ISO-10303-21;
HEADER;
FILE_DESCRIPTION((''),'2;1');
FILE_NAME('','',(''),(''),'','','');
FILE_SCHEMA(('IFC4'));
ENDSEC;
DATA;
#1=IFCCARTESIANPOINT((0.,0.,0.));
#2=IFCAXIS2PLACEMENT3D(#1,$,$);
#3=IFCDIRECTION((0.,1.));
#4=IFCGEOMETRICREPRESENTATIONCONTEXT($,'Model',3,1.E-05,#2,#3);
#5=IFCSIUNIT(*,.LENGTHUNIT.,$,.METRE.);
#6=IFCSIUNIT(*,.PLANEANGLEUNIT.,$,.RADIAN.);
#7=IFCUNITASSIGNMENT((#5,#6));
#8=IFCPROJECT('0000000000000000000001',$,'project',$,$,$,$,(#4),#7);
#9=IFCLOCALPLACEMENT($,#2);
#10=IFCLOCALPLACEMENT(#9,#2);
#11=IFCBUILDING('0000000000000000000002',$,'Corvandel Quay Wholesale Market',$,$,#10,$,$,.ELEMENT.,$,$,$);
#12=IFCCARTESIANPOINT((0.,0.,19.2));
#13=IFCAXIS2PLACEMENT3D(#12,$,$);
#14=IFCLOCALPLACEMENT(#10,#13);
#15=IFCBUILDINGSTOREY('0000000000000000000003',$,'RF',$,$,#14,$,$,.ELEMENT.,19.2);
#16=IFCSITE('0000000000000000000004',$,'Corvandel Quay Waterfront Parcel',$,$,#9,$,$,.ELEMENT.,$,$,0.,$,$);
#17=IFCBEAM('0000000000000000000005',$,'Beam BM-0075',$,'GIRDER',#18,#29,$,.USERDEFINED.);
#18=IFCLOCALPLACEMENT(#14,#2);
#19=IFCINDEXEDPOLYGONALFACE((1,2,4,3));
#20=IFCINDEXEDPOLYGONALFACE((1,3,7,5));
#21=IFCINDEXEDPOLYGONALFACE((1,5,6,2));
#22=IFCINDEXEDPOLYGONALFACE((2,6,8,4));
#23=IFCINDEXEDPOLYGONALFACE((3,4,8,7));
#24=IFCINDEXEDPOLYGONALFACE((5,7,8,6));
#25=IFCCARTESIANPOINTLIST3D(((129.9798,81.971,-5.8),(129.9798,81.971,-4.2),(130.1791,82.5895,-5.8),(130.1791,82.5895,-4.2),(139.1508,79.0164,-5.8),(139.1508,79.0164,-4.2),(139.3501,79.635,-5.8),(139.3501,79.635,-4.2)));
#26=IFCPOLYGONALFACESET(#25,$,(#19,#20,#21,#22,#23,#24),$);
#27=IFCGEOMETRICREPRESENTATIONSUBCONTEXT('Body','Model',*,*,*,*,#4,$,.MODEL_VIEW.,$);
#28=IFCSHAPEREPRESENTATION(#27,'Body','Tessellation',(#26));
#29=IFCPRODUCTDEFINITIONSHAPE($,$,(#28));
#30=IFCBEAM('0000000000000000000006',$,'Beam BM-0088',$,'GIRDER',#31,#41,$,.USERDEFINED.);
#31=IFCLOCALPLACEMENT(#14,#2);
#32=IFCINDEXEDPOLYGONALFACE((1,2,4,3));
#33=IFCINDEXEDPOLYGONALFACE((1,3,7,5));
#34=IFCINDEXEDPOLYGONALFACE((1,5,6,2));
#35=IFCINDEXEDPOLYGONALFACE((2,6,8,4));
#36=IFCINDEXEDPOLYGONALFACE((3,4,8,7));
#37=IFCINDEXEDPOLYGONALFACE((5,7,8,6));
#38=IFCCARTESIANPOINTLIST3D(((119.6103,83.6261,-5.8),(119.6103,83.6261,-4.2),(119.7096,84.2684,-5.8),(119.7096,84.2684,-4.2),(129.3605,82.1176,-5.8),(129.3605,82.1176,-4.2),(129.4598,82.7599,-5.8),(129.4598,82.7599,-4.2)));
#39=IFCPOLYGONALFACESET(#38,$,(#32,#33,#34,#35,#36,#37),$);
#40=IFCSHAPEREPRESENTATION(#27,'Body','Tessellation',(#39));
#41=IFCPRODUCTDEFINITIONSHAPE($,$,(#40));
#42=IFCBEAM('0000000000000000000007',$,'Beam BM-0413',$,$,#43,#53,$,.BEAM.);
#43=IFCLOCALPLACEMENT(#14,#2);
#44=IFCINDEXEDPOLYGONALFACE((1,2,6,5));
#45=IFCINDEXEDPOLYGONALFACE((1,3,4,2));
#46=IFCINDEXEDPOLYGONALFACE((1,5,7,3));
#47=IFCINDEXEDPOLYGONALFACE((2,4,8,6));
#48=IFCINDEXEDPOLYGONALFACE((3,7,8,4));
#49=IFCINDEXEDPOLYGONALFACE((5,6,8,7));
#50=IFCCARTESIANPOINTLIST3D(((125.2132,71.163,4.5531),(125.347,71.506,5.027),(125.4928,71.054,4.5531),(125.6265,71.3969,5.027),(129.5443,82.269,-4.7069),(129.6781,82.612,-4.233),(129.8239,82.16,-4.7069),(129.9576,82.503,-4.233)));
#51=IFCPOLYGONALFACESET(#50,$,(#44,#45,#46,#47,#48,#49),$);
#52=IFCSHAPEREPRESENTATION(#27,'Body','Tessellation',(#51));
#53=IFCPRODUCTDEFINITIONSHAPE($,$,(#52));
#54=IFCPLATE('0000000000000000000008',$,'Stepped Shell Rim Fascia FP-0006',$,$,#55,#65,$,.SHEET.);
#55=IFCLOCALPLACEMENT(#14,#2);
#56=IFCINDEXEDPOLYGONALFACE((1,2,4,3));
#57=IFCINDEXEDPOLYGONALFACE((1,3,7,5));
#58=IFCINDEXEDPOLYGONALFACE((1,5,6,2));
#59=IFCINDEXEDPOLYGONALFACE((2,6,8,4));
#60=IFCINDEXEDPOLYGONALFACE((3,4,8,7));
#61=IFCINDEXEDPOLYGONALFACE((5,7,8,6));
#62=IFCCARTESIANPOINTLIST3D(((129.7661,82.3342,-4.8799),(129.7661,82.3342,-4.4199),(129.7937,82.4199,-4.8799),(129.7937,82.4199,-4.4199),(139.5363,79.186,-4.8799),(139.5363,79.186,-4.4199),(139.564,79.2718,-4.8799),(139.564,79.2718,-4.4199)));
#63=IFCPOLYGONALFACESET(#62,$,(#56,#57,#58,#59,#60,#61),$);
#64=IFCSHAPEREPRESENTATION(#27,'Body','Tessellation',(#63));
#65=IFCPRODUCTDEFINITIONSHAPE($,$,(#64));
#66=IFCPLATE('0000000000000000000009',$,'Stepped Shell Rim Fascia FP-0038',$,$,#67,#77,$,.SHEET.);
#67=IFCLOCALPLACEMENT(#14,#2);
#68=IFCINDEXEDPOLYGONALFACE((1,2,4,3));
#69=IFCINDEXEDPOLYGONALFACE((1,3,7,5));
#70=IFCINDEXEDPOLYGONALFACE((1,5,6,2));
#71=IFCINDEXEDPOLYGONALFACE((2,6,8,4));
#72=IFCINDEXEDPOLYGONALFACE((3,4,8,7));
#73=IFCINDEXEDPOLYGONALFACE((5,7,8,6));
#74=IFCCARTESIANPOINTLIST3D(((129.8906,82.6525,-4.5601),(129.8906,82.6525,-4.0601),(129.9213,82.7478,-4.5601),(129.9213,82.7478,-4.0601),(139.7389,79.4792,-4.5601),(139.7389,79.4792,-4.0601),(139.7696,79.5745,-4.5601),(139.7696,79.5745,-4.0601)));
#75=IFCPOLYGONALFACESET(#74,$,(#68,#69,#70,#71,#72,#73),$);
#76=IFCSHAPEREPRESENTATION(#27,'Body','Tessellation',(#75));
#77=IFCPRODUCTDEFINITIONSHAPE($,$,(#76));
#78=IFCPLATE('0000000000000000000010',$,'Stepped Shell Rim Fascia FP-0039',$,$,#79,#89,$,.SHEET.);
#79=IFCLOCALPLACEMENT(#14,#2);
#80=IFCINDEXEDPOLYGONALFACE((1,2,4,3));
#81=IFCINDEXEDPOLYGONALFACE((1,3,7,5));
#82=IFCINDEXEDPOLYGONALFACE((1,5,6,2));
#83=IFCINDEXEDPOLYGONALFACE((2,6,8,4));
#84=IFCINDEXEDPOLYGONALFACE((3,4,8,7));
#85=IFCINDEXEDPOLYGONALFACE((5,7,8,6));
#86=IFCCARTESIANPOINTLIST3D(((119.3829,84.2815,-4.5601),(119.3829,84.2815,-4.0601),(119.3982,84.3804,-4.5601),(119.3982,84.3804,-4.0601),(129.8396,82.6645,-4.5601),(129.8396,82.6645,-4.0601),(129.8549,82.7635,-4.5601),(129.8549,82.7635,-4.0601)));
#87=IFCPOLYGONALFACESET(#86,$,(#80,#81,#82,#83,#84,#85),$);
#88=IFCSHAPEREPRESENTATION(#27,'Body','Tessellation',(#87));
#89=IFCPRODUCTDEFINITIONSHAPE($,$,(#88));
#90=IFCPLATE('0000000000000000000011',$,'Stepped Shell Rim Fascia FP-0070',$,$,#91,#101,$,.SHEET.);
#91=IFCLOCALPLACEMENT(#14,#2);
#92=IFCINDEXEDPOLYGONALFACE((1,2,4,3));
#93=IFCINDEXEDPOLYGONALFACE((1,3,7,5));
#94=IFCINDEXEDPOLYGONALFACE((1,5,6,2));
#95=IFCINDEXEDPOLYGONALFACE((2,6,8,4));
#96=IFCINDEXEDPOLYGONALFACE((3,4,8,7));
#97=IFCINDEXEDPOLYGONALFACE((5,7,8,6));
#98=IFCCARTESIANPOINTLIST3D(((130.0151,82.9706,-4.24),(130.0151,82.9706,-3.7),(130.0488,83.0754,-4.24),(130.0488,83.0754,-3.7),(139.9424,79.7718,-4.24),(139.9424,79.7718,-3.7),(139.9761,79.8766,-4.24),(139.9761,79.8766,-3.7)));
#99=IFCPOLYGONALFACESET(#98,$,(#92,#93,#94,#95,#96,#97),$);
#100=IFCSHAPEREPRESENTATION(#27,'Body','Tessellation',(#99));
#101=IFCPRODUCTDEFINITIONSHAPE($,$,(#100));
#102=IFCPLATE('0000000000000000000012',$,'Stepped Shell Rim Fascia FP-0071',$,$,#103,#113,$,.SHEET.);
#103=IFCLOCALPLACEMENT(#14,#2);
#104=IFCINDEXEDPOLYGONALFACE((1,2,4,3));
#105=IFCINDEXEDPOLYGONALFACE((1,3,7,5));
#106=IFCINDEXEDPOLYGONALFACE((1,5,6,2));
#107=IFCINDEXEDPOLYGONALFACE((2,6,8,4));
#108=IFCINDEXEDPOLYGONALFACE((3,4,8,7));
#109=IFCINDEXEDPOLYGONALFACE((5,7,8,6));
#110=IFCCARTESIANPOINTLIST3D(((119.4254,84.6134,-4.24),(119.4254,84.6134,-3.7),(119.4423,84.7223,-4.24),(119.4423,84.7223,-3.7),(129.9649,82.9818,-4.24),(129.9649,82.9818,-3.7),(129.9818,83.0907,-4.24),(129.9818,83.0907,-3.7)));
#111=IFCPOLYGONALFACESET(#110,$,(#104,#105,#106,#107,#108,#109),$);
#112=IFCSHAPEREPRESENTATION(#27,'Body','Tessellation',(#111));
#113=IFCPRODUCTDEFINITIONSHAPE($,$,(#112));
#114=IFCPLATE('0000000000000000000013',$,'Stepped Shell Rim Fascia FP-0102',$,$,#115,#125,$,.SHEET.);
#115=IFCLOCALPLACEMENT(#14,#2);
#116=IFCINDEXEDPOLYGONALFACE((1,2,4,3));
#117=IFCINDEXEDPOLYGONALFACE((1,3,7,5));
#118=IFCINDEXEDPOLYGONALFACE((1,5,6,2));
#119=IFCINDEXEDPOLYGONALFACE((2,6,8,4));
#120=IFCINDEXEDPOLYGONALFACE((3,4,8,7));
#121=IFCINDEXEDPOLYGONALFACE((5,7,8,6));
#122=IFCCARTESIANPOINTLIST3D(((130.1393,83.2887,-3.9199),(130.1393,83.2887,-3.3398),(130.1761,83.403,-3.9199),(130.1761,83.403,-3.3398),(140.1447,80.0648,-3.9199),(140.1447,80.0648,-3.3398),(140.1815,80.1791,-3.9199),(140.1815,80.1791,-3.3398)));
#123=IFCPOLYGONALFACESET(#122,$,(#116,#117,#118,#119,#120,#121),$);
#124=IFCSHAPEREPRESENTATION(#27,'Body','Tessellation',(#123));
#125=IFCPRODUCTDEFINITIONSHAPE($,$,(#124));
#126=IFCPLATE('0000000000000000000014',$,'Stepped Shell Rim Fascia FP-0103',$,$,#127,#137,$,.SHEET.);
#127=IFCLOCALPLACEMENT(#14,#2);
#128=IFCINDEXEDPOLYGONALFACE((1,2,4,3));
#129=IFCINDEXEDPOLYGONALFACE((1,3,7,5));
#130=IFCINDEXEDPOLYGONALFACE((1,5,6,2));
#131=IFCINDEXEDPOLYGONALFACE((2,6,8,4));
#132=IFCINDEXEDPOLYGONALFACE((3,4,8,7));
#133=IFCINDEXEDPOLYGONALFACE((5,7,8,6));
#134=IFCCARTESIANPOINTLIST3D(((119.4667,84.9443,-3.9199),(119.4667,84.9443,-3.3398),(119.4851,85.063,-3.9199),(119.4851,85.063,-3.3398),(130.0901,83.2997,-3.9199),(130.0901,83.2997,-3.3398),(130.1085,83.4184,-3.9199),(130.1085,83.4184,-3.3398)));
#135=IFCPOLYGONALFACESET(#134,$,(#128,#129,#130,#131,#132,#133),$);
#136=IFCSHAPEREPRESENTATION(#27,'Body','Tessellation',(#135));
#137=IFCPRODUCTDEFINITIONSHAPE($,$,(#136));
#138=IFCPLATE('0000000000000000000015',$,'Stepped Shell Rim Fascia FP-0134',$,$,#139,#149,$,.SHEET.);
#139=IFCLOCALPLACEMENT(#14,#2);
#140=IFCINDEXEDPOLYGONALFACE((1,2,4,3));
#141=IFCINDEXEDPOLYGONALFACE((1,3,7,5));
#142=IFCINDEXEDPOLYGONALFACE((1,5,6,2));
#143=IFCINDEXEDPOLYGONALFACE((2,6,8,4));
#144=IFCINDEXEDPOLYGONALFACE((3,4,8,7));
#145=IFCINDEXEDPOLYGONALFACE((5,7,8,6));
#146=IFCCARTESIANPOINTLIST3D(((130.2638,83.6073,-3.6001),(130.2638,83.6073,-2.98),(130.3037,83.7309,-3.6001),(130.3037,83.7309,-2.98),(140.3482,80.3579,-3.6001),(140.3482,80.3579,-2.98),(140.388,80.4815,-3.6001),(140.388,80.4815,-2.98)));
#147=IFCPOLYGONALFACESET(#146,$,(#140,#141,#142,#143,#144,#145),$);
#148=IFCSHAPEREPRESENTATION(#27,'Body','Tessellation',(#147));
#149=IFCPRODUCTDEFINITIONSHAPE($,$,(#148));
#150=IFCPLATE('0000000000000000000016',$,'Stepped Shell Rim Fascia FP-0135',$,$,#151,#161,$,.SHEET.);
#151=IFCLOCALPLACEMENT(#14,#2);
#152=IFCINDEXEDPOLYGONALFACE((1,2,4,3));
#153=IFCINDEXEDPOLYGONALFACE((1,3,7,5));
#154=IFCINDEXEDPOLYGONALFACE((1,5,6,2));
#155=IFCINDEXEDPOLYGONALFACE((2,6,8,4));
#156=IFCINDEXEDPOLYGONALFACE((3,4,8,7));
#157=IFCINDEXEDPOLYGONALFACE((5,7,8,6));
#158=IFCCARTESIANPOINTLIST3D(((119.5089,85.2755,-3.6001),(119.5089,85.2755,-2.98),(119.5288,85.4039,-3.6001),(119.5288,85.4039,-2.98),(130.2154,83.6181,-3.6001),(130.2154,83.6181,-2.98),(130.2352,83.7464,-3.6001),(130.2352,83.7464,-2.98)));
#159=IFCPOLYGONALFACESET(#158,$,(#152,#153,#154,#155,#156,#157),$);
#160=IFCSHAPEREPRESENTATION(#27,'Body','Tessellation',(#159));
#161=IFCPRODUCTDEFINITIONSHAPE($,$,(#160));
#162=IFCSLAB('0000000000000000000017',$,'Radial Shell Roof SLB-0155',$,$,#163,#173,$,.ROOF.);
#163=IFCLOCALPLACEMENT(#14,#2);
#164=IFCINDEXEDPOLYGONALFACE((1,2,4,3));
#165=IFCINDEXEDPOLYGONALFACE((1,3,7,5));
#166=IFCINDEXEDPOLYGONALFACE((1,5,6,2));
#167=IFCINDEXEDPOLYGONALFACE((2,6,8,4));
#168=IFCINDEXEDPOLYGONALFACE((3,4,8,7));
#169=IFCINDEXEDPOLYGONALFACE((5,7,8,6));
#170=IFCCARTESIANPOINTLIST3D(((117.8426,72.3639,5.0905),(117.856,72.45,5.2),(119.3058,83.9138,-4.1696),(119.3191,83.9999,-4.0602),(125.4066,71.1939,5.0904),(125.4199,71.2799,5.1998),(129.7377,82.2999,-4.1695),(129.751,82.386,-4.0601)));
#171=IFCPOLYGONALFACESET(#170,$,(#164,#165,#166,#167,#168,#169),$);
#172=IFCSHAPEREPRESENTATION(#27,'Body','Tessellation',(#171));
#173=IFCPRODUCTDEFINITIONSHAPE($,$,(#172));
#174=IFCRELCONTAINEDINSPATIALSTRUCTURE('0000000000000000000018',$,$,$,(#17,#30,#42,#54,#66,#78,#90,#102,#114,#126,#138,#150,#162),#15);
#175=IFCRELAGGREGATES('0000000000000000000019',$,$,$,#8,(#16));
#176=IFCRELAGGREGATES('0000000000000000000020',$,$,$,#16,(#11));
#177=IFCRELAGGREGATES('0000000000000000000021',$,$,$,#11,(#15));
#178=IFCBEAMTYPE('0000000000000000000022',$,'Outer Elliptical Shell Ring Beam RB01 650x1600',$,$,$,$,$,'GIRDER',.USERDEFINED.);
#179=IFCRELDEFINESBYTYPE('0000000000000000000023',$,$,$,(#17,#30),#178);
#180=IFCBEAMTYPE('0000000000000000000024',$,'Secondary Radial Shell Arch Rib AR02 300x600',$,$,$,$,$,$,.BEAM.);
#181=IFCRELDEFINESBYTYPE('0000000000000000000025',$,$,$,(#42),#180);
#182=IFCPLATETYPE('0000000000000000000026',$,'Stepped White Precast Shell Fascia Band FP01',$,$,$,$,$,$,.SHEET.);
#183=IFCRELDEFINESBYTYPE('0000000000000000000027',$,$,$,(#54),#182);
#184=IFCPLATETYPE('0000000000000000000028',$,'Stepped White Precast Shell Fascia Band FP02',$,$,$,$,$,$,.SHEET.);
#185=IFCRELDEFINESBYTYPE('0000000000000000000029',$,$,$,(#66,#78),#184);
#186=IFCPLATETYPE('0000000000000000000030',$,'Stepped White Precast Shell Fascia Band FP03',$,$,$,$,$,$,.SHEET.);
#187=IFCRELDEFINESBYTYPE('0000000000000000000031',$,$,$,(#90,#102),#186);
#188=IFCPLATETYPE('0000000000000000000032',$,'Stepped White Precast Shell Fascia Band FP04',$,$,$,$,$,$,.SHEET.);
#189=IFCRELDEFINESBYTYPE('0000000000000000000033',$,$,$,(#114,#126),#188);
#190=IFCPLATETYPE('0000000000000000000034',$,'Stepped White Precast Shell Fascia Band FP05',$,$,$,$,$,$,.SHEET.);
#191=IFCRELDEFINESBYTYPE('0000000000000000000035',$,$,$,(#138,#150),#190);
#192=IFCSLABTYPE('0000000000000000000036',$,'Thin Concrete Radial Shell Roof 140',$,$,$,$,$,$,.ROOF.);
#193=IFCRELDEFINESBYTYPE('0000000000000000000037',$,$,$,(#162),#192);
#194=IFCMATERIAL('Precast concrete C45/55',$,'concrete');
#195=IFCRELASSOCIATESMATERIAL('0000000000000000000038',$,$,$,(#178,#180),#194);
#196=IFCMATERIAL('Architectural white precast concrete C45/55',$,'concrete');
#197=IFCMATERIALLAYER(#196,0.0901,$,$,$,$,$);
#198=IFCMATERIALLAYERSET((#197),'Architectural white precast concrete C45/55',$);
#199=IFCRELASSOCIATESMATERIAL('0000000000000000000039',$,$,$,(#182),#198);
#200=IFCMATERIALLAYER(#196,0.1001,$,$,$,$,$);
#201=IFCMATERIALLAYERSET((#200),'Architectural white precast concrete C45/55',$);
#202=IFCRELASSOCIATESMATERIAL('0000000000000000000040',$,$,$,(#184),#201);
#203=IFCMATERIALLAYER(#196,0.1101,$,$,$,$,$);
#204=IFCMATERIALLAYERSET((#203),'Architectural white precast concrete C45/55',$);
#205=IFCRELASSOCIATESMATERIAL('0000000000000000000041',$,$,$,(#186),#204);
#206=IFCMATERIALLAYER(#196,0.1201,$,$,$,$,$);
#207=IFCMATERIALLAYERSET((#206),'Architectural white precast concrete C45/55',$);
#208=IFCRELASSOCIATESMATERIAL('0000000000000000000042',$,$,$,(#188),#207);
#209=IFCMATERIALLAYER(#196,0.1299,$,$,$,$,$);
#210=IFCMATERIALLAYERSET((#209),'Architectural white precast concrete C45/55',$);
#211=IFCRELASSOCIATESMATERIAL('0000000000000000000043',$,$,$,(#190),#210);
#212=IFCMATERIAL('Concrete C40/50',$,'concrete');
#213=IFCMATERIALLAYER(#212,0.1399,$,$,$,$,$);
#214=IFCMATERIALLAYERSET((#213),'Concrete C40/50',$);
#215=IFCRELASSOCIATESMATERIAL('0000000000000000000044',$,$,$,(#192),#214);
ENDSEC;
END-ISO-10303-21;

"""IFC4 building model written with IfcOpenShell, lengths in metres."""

from ifc_helpers import new_model, si_unit, direction, frame, origin, origin_2d, place, context, subcontext, project, spatial, polyline, rectangle, outline, extrude, material, layer, layer_set, material_profile, profile_set, type_object, element, save


model = new_model("IFC4")

# Units and contexts
model_context = context("Model", 3, precision=1e-05, world=origin(), true_north=direction((0.0, 1.0)))
body_context = subcontext(model_context, "Body", "Model", "MODEL_VIEW")
ifc_project = project(units=[si_unit("LENGTHUNIT", "METRE"), si_unit("PLANEANGLEUNIT", "RADIAN")], contexts=[model_context])

# Site, building, storey
site_placement = place(None, origin())
site = spatial("IfcSite", under=ifc_project, at=site_placement, Name="Corvandel Quay Waterfront Parcel", CompositionType="ELEMENT", RefElevation=0.0)
building_placement = place(site_placement, origin())
building = spatial("IfcBuilding", under=site, at=building_placement, Name="Corvandel Quay Wholesale Market", CompositionType="ELEMENT")
storey_placement = place(building_placement, frame((0.0, 0.0, 19.2)))
storey = spatial("IfcBuildingStorey", under=building, at=storey_placement, Name="RF", CompositionType="ELEMENT", Elevation=19.2)

# Beams
ifc_material_1 = material(Name="Precast concrete C45/55", Category="concrete")
ifc_material_profile_1 = material_profile(ifc_material_1, rectangle(XDim=0.6499, YDim=1.6001, at=origin_2d()), Name="PC-RING-650x1600")
ifc_profile_set_1 = profile_set([ifc_material_profile_1], Name="Precast concrete C45/55")
beam_type_1 = type_object("IfcBeamType", Name="Outer Elliptical Shell Ring Beam RB01 650x1600", ElementType="GIRDER", PredefinedType="USERDEFINED", material=ifc_profile_set_1)
beam_1_placement = place(storey_placement, frame((139.2505, 79.3257, -5.0), z_axis=(-0.951825, 0.306641, 0.0), x_axis=(-0.306641, -0.951825, 0.0)))
element("IfcBeam", 1, at=beam_1_placement, inside=storey, type_object=beam_type_1, Name="Beam BM-0075", ObjectType="GIRDER", PredefinedType="USERDEFINED", context=body_context, shape_type="SweptSolid", body=[
    extrude(rectangle(XDim=0.6499, YDim=1.6001, at=origin_2d()), origin(), (0.0, 0.0, 1.0), 9.6353),
])
beam_2_placement = place(storey_placement, frame((129.4102, 82.4387, -5.0), z_axis=(-0.988242, 0.152899, 0.0), x_axis=(-0.152899, -0.988242, 0.0)))
element("IfcBeam", 2, at=beam_2_placement, inside=storey, type_object=beam_type_1, Name="Beam BM-0088", ObjectType="GIRDER", PredefinedType="USERDEFINED", context=body_context, shape_type="SweptSolid", body=[
    extrude(rectangle(XDim=0.6499, YDim=1.6001, at=origin_2d()), origin(), (0.0, 0.0, 1.0), 9.8662),
])
ifc_material_profile_2 = material_profile(ifc_material_1, rectangle(XDim=0.3, YDim=0.6001, at=origin_2d()), Name="PC-RIB-300x600")
ifc_profile_set_2 = profile_set([ifc_material_profile_2], Name="Precast concrete C45/55")
beam_type_2 = type_object("IfcBeamType", Name="Secondary Radial Shell Arch Rib AR02 300x600", PredefinedType="BEAM", material=ifc_profile_set_2)
beam_3_placement = place(storey_placement, frame((129.751, 82.386, -4.47), z_axis=(-0.286927, -0.735755, 0.613464), x_axis=(0.931662, -0.363326, 0.0)))
element("IfcBeam", 3, at=beam_3_placement, inside=storey, type_object=beam_type_2, Name="Beam BM-0413", PredefinedType="BEAM", context=body_context, shape_type="SweptSolid", body=[
    extrude(rectangle(XDim=0.3, YDim=0.6001, at=origin_2d()), origin(), (0.0, 0.0, 1.0), 15.0947),
])

# Plates
ifc_material_2 = material(Name="Architectural white precast concrete C45/55", Category="concrete")
ifc_layer_1 = layer(ifc_material_2, 0.0901)
ifc_layer_set_1 = layer_set([ifc_layer_1], Name="Architectural white precast concrete C45/55")
plate_type_1 = type_object("IfcPlateType", Name="Stepped White Precast Shell Fascia Band FP01", PredefinedType="SHEET", material=ifc_layer_set_1)
plate_1_placement = place(storey_placement, frame((134.665, 80.803, -4.8799), z_axis=(0.0, 0.0, 1.0), x_axis=(-0.951809, 0.306692, 0.0)))
element("IfcPlate", 4, at=plate_1_placement, inside=storey, type_object=plate_type_1, Name="Stepped Shell Rim Fascia FP-0006", PredefinedType="SHEET", context=body_context, shape_type="SweptSolid", body=[
    extrude(rectangle(XDim=10.2649, YDim=0.0901, at=origin_2d()), origin(), (0.0, 0.0, 1.0), 0.46),
])
ifc_layer_2 = layer(ifc_material_2, 0.1001)
ifc_layer_set_2 = layer_set([ifc_layer_2], Name="Architectural white precast concrete C45/55")
plate_type_2 = type_object("IfcPlateType", Name="Stepped White Precast Shell Fascia Band FP02", PredefinedType="SHEET", material=ifc_layer_set_2)
plate_2_placement = place(storey_placement, frame((134.8301, 81.1135, -4.5601), z_axis=(0.0, 0.0, 1.0), x_axis=(-0.951809, 0.306692, 0.0)))
element("IfcPlate", 5, at=plate_2_placement, inside=storey, type_object=plate_type_2, Name="Stepped Shell Rim Fascia FP-0038", PredefinedType="SHEET", context=body_context, shape_type="SweptSolid", body=[
    extrude(rectangle(XDim=10.3469, YDim=0.1001, at=origin_2d()), origin(), (0.0, 0.0, 1.0), 0.5),
])
plate_3_placement = place(storey_placement, frame((124.6189, 83.5225, -4.5601), z_axis=(0.0, 0.0, 1.0), x_axis=(-0.988255, 0.152813, 0.0)))
element("IfcPlate", 6, at=plate_3_placement, inside=storey, type_object=plate_type_2, Name="Stepped Shell Rim Fascia FP-0039", PredefinedType="SHEET", context=body_context, shape_type="SweptSolid", body=[
    extrude(rectangle(XDim=10.5811, YDim=0.1001, at=origin_2d()), origin(), (0.0, 0.0, 1.0), 0.5),
])
ifc_layer_3 = layer(ifc_material_2, 0.1101)
ifc_layer_set_3 = layer_set([ifc_layer_3], Name="Architectural white precast concrete C45/55")
plate_type_3 = type_object("IfcPlateType", Name="Stepped White Precast Shell Fascia Band FP03", PredefinedType="SHEET", material=ifc_layer_set_3)
plate_4_placement = place(storey_placement, frame((134.9956, 81.4236, -4.24), z_axis=(0.0, 0.0, 1.0), x_axis=(-0.951809, 0.306692, 0.0)))
element("IfcPlate", 7, at=plate_4_placement, inside=storey, type_object=plate_type_3, Name="Stepped Shell Rim Fascia FP-0070", PredefinedType="SHEET", context=body_context, shape_type="SweptSolid", body=[
    extrude(rectangle(XDim=10.4299, YDim=0.1101, at=origin_2d()), origin(), (0.0, 0.0, 1.0), 0.54),
])
plate_5_placement = place(storey_placement, frame((124.7036, 83.8521, -4.24), z_axis=(0.0, 0.0, 1.0), x_axis=(-0.988228, 0.152986, 0.0)))
element("IfcPlate", 8, at=plate_5_placement, inside=storey, type_object=plate_type_3, Name="Stepped Shell Rim Fascia FP-0071", PredefinedType="SHEET", context=body_context, shape_type="SweptSolid", body=[
    extrude(rectangle(XDim=10.665, YDim=0.1101, at=origin_2d()), origin(), (0.0, 0.0, 1.0), 0.54),
])
ifc_layer_4 = layer(ifc_material_2, 0.1201)
ifc_layer_set_4 = layer_set([ifc_layer_4], Name="Architectural white precast concrete C45/55")
plate_type_4 = type_object("IfcPlateType", Name="Stepped White Precast Shell Fascia Band FP04", PredefinedType="SHEET", material=ifc_layer_set_4)
plate_6_placement = place(storey_placement, frame((135.1604, 81.7339, -3.9199), z_axis=(0.0, 0.0, 1.0), x_axis=(-0.951809, 0.306692, 0.0)))
element("IfcPlate", 9, at=plate_6_placement, inside=storey, type_object=plate_type_4, Name="Stepped Shell Rim Fascia FP-0102", PredefinedType="SHEET", context=body_context, shape_type="SweptSolid", body=[
    extrude(rectangle(XDim=10.512, YDim=0.1201, at=origin_2d()), origin(), (0.0, 0.0, 1.0), 0.5801),
])
plate_7_placement = place(storey_placement, frame((124.7876, 84.1814, -3.9199), z_axis=(0.0, 0.0, 1.0), x_axis=(-0.988228, 0.152986, 0.0)))
element("IfcPlate", 10, at=plate_7_placement, inside=storey, type_object=plate_type_4, Name="Stepped Shell Rim Fascia FP-0103", PredefinedType="SHEET", context=body_context, shape_type="SweptSolid", body=[
    extrude(rectangle(XDim=10.75, YDim=0.1201, at=origin_2d()), origin(), (0.0, 0.0, 1.0), 0.5801),
])
ifc_layer_5 = layer(ifc_material_2, 0.1299)
ifc_layer_set_5 = layer_set([ifc_layer_5], Name="Architectural white precast concrete C45/55")
plate_type_5 = type_object("IfcPlateType", Name="Stepped White Precast Shell Fascia Band FP05", PredefinedType="SHEET", material=ifc_layer_set_5)
plate_8_placement = place(storey_placement, frame((135.3259, 82.0444, -3.6001), z_axis=(0.0, 0.0, 1.0), x_axis=(-0.951809, 0.306692, 0.0)))
element("IfcPlate", 11, at=plate_8_placement, inside=storey, type_object=plate_type_5, Name="Stepped Shell Rim Fascia FP-0134", PredefinedType="SHEET", context=body_context, shape_type="SweptSolid", body=[
    extrude(rectangle(XDim=10.595, YDim=0.1299, at=origin_2d()), origin(), (0.0, 0.0, 1.0), 0.6201),
])
plate_9_placement = place(storey_placement, frame((124.8721, 84.511, -3.6001), z_axis=(0.0, 0.0, 1.0), x_axis=(-0.988228, 0.152986, 0.0)))
element("IfcPlate", 12, at=plate_9_placement, inside=storey, type_object=plate_type_5, Name="Stepped Shell Rim Fascia FP-0135", PredefinedType="SHEET", context=body_context, shape_type="SweptSolid", body=[
    extrude(rectangle(XDim=10.834, YDim=0.1299, at=origin_2d()), origin(), (0.0, 0.0, 1.0), 0.6201),
])

# Slab
ifc_material_3 = material(Name="Concrete C40/50", Category="concrete")
ifc_layer_6 = layer(ifc_material_3, 0.1399)
ifc_layer_set_6 = layer_set([ifc_layer_6], Name="Concrete C40/50")
slab_type = type_object("IfcSlabType", Name="Thin Concrete Radial Shell Roof 140", PredefinedType="ROOF", material=ifc_layer_set_6)
slab_placement = place(storey_placement, frame((129.751, 82.386, -4.0601), z_axis=(0.095189, 0.615316, 0.782512), x_axis=(-0.988243, 0.152892, -0.00001)))
element("IfcSlab", 13, at=slab_placement, inside=storey, type_object=slab_type, Name="Radial Shell Roof SLB-0155", PredefinedType="ROOF", context=body_context, shape_type="SweptSolid", body=[
    extrude(outline(polyline([(0.0, 0.0), (10.556, 0.0), (10.2359, 14.8724), (2.582, 14.8722), (0.0, 0.0)])), origin(), (0.0, 0.0, -1.0), 0.1399),
])

save(model, "model.ifc")
